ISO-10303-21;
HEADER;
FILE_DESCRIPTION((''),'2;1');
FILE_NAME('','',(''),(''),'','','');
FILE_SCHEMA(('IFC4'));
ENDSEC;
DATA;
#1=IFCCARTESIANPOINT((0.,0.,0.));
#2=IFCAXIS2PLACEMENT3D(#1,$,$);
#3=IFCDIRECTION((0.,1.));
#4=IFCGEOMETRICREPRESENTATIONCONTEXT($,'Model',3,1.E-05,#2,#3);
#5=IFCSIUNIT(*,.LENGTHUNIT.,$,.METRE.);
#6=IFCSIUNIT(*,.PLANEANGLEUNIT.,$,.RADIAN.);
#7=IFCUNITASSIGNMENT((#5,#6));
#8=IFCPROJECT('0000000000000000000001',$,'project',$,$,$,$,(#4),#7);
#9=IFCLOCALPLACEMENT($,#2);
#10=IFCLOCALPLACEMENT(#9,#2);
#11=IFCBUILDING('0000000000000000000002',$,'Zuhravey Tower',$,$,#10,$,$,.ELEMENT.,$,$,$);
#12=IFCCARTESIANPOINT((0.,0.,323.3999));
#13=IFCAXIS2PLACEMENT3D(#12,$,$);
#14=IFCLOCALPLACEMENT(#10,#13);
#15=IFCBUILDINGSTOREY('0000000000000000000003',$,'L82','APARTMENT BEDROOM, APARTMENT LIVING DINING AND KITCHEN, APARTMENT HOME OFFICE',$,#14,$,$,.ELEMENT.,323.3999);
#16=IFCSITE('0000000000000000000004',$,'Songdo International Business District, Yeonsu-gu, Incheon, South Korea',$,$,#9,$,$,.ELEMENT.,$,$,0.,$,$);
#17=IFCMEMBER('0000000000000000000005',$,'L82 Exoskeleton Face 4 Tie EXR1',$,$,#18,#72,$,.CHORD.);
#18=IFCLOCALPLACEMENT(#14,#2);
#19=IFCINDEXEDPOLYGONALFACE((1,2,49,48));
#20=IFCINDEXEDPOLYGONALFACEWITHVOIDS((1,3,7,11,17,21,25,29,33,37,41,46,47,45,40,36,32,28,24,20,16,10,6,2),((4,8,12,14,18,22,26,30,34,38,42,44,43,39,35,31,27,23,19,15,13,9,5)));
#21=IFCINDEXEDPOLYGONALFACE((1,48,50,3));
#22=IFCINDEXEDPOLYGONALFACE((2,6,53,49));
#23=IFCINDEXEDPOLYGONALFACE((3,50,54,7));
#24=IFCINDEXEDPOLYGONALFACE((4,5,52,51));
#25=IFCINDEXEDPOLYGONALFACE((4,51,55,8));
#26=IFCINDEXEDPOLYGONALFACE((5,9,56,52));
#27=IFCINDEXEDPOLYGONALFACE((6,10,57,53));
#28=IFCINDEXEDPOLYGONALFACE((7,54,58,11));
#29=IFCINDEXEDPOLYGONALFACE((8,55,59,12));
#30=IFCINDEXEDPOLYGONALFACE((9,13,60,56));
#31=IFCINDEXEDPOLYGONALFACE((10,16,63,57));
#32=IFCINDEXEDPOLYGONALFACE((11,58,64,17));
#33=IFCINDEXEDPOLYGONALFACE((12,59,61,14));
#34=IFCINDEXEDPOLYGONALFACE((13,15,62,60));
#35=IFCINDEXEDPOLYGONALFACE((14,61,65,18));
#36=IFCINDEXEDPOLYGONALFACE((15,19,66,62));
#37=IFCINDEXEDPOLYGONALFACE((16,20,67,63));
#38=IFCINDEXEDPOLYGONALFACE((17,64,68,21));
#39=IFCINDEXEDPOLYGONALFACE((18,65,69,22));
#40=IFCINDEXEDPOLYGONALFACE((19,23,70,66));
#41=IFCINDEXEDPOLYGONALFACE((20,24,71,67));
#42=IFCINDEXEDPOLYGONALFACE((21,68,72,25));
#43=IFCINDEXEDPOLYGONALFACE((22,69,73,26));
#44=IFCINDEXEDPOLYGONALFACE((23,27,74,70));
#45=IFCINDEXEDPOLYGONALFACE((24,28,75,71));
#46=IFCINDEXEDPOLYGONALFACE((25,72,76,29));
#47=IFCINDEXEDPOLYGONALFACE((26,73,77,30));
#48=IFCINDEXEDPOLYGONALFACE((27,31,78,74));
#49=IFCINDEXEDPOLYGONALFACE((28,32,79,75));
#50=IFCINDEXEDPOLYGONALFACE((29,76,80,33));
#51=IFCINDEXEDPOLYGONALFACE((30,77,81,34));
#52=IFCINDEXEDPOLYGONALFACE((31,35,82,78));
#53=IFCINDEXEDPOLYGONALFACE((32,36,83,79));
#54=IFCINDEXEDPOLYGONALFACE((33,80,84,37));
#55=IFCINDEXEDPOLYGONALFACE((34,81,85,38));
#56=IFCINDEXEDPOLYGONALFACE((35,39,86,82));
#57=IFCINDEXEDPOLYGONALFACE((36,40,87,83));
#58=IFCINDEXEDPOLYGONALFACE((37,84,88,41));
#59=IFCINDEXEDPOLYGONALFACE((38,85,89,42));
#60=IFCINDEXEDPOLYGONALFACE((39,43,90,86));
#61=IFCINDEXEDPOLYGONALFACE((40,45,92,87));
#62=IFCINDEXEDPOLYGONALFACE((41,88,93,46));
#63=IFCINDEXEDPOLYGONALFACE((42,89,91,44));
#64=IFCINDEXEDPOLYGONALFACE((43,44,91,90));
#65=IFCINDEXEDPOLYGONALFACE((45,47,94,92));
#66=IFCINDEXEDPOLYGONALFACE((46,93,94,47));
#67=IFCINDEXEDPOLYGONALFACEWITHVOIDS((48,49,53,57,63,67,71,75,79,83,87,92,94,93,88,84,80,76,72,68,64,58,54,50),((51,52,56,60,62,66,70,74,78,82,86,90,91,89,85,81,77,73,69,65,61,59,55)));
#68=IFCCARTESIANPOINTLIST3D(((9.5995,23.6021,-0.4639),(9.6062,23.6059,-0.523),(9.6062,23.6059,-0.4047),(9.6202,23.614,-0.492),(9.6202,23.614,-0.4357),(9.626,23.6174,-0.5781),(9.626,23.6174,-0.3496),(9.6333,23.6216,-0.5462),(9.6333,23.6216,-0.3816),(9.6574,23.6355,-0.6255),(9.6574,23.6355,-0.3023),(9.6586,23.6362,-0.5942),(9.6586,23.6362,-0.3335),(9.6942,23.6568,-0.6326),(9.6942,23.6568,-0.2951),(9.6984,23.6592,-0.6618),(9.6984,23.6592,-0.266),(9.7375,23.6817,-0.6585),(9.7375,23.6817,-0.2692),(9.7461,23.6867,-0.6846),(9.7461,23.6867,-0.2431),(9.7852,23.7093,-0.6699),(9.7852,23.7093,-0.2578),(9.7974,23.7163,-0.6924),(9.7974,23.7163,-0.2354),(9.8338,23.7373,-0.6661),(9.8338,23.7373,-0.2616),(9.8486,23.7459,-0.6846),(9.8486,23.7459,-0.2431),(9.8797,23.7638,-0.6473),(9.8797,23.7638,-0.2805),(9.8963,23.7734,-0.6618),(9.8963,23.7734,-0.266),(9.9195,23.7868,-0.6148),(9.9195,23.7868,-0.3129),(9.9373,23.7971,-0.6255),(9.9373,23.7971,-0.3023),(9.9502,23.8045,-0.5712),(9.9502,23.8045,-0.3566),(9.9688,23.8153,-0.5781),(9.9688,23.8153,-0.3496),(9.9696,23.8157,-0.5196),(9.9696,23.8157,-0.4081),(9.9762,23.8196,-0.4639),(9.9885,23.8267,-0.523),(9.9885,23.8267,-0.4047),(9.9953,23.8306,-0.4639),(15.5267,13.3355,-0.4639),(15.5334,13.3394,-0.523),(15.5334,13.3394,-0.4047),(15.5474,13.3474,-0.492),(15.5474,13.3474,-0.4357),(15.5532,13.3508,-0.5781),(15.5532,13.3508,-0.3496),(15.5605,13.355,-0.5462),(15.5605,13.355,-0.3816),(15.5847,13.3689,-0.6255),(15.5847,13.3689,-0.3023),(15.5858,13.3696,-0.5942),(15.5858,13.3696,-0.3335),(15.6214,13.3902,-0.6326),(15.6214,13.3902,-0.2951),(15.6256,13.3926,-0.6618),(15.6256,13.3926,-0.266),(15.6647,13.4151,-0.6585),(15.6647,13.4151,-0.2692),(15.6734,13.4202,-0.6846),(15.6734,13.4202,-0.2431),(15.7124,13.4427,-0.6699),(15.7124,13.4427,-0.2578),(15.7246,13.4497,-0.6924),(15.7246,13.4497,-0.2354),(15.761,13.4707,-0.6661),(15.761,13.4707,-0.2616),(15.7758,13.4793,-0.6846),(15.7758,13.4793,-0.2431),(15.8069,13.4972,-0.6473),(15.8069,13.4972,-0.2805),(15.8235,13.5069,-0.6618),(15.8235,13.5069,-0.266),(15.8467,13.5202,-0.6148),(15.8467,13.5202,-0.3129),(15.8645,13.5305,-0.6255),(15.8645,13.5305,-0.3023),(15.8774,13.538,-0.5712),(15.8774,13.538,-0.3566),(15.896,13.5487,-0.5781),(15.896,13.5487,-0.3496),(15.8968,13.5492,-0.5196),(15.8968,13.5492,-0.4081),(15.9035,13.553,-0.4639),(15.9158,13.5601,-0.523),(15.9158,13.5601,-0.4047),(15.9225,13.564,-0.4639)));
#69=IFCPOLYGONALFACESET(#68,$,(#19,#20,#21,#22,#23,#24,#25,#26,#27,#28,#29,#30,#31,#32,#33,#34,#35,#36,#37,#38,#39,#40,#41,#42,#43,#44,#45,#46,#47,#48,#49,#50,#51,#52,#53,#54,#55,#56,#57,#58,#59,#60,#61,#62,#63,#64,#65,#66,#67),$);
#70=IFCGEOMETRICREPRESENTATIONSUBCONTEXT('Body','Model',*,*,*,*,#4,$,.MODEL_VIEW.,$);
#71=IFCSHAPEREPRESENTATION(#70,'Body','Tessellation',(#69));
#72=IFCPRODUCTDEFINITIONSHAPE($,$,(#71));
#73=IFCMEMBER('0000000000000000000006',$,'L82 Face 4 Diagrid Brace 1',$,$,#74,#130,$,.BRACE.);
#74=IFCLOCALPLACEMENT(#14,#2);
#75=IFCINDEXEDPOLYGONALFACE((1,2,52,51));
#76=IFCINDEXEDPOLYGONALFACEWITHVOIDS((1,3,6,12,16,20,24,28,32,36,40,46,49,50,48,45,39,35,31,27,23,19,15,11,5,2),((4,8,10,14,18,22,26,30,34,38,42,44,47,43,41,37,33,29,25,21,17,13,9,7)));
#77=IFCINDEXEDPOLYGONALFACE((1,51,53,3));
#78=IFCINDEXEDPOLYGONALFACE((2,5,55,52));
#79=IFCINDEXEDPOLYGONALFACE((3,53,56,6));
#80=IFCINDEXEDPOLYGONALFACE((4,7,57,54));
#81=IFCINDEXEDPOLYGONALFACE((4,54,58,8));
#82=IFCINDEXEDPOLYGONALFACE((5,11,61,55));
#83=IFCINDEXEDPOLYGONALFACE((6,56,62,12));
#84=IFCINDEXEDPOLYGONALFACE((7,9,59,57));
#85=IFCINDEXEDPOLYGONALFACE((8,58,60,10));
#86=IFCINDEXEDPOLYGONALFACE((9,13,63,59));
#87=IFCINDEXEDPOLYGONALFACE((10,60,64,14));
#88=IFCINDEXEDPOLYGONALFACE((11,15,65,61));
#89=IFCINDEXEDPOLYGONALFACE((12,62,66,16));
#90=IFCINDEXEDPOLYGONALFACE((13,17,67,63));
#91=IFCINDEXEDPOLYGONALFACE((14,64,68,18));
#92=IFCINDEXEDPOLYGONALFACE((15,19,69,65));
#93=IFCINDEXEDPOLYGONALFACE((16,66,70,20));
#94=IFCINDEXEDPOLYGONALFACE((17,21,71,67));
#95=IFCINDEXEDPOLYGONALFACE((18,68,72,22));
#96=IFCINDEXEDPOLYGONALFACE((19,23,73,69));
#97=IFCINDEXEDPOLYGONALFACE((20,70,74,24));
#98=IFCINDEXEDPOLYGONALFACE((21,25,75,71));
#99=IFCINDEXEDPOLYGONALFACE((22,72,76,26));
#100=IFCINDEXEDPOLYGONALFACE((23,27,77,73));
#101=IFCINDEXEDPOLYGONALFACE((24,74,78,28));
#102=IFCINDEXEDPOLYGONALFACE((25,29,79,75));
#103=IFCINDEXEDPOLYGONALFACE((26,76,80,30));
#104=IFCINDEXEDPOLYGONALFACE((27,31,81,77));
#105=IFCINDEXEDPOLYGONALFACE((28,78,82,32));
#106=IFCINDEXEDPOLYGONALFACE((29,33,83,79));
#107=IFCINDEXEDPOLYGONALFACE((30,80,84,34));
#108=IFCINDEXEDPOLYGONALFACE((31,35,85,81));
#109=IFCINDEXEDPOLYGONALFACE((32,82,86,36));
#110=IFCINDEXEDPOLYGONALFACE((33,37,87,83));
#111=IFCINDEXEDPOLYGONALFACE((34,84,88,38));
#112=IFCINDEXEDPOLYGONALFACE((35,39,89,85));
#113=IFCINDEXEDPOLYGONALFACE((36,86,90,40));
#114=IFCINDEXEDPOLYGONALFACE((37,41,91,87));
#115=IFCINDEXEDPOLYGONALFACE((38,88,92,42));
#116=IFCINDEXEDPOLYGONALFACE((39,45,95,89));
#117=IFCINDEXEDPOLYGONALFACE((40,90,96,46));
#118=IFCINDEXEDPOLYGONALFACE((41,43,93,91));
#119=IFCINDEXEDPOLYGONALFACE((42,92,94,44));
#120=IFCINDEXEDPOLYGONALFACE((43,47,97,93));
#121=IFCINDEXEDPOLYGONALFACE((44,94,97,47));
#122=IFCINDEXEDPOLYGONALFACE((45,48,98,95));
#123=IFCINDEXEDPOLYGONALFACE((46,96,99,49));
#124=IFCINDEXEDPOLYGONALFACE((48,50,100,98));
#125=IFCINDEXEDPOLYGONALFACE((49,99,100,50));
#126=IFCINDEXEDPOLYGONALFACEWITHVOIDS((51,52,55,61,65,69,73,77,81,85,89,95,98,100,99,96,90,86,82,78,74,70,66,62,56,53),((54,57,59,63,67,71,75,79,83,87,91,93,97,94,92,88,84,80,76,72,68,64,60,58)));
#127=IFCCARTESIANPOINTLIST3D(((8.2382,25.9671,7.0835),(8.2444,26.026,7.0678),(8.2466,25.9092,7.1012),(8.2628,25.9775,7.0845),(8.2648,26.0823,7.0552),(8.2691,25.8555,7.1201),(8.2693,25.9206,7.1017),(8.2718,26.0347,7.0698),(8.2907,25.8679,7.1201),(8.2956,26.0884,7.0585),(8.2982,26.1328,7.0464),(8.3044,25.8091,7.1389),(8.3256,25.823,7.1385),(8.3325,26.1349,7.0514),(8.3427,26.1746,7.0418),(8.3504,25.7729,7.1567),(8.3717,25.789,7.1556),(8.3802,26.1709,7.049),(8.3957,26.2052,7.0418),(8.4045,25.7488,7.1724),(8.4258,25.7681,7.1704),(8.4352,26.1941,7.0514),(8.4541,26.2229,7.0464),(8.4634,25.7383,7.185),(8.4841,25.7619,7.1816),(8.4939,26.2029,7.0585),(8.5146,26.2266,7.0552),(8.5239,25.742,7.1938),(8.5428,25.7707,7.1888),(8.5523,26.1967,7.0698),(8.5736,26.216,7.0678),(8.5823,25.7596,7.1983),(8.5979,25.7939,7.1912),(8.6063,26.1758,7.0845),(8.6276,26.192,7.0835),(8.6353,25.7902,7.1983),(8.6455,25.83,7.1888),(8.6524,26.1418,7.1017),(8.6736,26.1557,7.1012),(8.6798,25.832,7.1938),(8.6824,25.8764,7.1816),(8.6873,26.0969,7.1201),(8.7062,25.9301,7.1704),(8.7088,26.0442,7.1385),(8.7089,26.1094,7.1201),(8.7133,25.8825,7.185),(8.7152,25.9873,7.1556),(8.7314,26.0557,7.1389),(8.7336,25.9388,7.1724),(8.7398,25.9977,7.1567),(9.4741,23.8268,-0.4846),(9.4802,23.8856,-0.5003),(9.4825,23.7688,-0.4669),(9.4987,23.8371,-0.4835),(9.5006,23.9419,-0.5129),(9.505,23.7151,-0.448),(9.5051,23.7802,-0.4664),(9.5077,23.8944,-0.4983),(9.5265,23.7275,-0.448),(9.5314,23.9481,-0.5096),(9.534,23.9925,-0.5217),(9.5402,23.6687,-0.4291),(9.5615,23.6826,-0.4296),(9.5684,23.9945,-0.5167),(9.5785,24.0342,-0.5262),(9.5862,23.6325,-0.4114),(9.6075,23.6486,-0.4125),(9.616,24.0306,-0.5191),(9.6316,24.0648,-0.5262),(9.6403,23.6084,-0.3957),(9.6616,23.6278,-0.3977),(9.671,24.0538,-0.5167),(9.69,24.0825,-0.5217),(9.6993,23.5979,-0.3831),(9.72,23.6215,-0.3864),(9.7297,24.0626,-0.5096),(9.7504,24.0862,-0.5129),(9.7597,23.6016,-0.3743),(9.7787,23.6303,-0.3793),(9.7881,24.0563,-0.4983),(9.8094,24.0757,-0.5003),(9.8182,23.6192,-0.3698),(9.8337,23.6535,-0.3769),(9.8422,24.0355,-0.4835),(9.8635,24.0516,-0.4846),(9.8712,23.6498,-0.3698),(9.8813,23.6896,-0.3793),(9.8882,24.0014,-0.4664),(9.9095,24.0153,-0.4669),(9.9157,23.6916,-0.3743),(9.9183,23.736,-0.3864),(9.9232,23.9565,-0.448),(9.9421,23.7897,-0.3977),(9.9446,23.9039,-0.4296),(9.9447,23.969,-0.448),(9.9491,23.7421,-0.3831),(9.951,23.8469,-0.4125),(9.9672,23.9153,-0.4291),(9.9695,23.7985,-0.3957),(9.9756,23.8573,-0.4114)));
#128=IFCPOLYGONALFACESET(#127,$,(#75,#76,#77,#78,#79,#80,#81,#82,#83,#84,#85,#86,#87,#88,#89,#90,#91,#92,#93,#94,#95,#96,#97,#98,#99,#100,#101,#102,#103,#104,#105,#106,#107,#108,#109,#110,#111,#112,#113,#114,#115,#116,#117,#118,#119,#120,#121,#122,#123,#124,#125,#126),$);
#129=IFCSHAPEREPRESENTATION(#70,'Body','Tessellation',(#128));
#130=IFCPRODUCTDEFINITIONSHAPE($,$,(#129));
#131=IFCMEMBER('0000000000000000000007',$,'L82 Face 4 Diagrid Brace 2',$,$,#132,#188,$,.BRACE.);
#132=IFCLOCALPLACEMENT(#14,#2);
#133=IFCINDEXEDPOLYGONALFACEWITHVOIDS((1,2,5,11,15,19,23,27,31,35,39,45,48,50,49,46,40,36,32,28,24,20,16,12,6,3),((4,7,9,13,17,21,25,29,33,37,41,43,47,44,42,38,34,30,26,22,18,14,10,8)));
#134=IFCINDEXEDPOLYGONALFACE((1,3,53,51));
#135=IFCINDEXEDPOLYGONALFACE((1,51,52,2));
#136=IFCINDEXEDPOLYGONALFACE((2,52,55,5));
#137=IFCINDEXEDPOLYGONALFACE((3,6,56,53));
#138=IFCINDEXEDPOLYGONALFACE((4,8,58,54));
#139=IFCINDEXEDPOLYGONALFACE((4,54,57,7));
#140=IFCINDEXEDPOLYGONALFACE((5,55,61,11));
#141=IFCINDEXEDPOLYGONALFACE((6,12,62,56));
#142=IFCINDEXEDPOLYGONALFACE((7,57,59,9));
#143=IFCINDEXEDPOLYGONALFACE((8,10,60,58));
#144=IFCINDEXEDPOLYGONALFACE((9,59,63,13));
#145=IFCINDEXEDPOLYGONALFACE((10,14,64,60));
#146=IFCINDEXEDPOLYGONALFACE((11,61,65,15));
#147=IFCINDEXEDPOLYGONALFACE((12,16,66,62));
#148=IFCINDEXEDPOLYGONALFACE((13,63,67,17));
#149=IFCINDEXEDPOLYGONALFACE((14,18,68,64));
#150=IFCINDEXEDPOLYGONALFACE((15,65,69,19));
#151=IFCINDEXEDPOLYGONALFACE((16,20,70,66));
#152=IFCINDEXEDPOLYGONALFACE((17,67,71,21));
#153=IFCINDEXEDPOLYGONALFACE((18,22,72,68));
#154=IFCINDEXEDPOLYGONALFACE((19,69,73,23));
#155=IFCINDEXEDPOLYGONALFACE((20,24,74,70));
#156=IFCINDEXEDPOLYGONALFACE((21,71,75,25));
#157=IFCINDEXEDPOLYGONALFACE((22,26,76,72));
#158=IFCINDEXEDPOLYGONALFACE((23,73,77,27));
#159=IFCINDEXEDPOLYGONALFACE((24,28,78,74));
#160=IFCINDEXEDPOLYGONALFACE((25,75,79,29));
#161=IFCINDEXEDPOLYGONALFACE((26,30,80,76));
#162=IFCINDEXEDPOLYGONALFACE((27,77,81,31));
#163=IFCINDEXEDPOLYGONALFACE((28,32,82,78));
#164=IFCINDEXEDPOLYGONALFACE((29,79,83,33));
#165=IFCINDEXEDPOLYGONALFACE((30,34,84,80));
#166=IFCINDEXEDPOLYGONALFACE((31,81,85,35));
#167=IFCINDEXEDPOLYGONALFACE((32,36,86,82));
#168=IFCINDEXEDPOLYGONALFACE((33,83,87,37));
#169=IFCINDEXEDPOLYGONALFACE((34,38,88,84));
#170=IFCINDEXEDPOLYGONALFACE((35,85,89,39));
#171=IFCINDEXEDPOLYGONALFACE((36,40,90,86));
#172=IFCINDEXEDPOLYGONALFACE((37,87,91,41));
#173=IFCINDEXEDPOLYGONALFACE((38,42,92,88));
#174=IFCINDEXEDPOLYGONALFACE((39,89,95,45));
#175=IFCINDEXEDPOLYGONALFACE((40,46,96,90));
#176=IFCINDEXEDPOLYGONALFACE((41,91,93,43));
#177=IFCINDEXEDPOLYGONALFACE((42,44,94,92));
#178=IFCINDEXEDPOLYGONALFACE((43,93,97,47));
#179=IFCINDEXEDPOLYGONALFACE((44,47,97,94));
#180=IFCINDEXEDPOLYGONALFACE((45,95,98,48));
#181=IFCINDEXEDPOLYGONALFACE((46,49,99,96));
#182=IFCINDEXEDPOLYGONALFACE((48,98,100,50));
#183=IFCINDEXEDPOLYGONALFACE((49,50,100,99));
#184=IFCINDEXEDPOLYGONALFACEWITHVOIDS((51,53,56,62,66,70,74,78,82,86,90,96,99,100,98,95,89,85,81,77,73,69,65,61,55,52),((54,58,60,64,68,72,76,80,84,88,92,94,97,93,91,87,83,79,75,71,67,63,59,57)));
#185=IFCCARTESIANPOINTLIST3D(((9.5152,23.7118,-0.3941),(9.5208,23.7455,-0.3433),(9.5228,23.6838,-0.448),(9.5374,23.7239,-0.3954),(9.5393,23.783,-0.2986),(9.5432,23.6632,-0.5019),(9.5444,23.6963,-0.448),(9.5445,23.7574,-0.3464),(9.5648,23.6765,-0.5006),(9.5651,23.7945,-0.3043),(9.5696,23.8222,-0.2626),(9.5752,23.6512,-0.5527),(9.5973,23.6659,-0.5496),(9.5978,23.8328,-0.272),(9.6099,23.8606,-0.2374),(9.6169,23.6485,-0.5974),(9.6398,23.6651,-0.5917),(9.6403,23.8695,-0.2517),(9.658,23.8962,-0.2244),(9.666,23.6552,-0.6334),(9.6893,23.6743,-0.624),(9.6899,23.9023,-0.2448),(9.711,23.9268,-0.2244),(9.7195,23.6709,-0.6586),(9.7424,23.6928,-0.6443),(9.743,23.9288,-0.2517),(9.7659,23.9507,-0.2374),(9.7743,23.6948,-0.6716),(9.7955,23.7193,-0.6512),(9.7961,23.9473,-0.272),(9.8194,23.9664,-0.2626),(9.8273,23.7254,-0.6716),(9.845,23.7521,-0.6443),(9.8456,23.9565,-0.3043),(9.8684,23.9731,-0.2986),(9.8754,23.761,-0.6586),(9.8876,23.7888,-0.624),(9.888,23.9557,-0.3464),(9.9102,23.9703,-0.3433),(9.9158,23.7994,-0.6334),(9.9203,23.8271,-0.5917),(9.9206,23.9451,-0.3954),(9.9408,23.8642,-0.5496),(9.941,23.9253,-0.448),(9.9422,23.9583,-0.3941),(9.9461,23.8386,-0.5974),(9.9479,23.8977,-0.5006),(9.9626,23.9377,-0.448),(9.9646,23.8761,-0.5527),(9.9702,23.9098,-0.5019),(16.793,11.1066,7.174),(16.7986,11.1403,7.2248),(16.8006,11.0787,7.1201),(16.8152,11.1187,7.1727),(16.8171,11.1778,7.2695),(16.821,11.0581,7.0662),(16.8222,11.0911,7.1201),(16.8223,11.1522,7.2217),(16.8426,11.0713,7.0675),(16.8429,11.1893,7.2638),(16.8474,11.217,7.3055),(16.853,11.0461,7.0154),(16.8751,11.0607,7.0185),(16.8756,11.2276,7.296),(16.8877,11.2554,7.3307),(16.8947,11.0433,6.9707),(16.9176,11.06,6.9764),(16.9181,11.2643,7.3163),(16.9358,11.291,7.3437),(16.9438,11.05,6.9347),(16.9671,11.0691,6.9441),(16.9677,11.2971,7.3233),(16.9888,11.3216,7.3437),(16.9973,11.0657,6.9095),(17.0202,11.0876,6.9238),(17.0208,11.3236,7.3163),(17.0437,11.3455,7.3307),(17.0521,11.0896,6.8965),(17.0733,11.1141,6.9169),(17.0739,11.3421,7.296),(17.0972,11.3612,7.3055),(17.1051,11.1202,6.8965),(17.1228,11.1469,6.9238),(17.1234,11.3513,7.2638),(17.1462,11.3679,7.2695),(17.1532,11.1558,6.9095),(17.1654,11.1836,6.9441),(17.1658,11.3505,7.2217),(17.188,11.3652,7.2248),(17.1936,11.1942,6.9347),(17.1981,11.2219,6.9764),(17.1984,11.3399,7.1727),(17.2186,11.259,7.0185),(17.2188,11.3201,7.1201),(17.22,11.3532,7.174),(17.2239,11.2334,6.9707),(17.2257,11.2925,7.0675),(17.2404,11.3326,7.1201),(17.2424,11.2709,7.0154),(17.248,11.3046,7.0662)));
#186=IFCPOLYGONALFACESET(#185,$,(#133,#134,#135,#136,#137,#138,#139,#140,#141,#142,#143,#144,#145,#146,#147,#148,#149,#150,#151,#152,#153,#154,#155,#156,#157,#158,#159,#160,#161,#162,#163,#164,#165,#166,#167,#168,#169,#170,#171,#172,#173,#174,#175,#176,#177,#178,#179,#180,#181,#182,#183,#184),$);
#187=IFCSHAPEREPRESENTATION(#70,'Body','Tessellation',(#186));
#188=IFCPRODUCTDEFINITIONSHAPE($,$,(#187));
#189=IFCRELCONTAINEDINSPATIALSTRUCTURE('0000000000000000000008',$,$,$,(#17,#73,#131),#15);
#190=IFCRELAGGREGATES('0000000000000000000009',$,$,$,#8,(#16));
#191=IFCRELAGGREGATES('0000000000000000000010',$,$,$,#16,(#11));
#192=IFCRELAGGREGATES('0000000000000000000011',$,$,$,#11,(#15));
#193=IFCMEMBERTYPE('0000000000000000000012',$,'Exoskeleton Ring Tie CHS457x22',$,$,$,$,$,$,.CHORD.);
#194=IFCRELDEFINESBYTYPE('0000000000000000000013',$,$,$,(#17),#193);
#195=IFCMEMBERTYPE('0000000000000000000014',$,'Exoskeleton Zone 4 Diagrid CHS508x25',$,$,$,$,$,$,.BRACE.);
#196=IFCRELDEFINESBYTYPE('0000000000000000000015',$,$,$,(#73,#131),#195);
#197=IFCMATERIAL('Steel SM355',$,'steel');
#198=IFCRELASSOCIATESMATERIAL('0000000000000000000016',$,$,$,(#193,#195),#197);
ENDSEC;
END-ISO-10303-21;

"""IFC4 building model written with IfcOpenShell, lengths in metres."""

from ifc_helpers import new_model, si_unit, direction, frame, origin, origin_2d, place, context, subcontext, project, spatial, hollow_circle, extrude, material, material_profile, profile_set, type_object, element, save


model = new_model("IFC4")

# Units and contexts
model_context = context("Model", 3, precision=1e-05, world=origin(), true_north=direction((0.0, 1.0)))
body_context = subcontext(model_context, "Body", "Model", "MODEL_VIEW")
ifc_project = project(units=[si_unit("LENGTHUNIT", "METRE"), si_unit("PLANEANGLEUNIT", "RADIAN")], contexts=[model_context])

# Site, building, storey
site_placement = place(None, origin())
site = spatial("IfcSite", under=ifc_project, at=site_placement, Name="Songdo International Business District, Yeonsu-gu, Incheon, South Korea", CompositionType="ELEMENT", RefElevation=0.0)
building_placement = place(site_placement, origin())
building = spatial("IfcBuilding", under=site, at=building_placement, Name="Zuhravey Tower", CompositionType="ELEMENT")
storey_placement = place(building_placement, frame((0.0, 0.0, 323.3999)))
storey = spatial("IfcBuildingStorey", under=building, at=storey_placement, Name="L82", Description="APARTMENT BEDROOM, APARTMENT LIVING DINING AND KITCHEN, APARTMENT HOME OFFICE", CompositionType="ELEMENT", Elevation=323.3999)

# Members
ifc_material_1 = material(Name="Steel SM355", Category="steel")
ifc_material_profile_1 = material_profile(ifc_material_1, hollow_circle(Radius=0.2285, WallThickness=0.022, at=origin_2d()), Name="CHS-457.2x22")
ifc_profile_set_1 = profile_set([ifc_material_profile_1], Name="Steel SM355")
member_type_1 = type_object("IfcMemberType", Name="Exoskeleton Ring Tie CHS457x22", PredefinedType="CHORD", material=ifc_profile_set_1)
member_1_placement = place(storey_placement, frame((9.7974, 23.7163, -0.4639), z_axis=(0.499989, -0.866032, 0.0), x_axis=(0.866032, 0.499989, 0.0)))
element("IfcMember", 1, at=member_1_placement, inside=storey, type_object=member_type_1, Name="L82 Exoskeleton Face 4 Tie EXR1", PredefinedType="CHORD", context=body_context, shape_type="SweptSolid", body=[
    extrude(hollow_circle(Radius=0.2285, WallThickness=0.022, at=origin_2d()), origin(), (0.0, 0.0, 1.0), 11.8547),
])
ifc_material_profile_2 = material_profile(ifc_material_1, hollow_circle(Radius=0.2539, WallThickness=0.0249, at=origin_2d()), Name="CHS-508.0x25")
ifc_profile_set_2 = profile_set([ifc_material_profile_2], Name="Steel SM355")
member_type_2 = type_object("IfcMemberType", Name="Exoskeleton Zone 4 Diagrid CHS508x25", PredefinedType="BRACE", material=ifc_profile_set_2)
member_2_placement = place(storey_placement, frame((9.7249, 23.842, -0.448), z_axis=(-0.155228, 0.268843, 0.950593), x_axis=(-0.86601, -0.500027, 0.0)))
element("IfcMember", 2, at=member_2_placement, inside=storey, type_object=member_type_2, Name="L82 Face 4 Diagrid Brace 1", PredefinedType="BRACE", context=body_context, shape_type="SweptSolid", body=[
    extrude(hollow_circle(Radius=0.2539, WallThickness=0.0249, at=origin_2d()), origin(), (0.0, 0.0, 1.0), 7.9614),
])
member_3_placement = place(storey_placement, frame((9.7427, 23.8108, -0.448), z_axis=(0.443626, -0.768361, 0.46132), x_axis=(0.866019, 0.50001, 0.0)))
element("IfcMember", 3, at=member_3_placement, inside=storey, type_object=member_type_2, Name="L82 Face 4 Diagrid Brace 2", PredefinedType="BRACE", context=body_context, shape_type="SweptSolid", body=[
    extrude(hollow_circle(Radius=0.2539, WallThickness=0.0249, at=origin_2d()), origin(), (0.0, 0.0, 1.0), 16.4053),
])

save(model, "model.ifc")
